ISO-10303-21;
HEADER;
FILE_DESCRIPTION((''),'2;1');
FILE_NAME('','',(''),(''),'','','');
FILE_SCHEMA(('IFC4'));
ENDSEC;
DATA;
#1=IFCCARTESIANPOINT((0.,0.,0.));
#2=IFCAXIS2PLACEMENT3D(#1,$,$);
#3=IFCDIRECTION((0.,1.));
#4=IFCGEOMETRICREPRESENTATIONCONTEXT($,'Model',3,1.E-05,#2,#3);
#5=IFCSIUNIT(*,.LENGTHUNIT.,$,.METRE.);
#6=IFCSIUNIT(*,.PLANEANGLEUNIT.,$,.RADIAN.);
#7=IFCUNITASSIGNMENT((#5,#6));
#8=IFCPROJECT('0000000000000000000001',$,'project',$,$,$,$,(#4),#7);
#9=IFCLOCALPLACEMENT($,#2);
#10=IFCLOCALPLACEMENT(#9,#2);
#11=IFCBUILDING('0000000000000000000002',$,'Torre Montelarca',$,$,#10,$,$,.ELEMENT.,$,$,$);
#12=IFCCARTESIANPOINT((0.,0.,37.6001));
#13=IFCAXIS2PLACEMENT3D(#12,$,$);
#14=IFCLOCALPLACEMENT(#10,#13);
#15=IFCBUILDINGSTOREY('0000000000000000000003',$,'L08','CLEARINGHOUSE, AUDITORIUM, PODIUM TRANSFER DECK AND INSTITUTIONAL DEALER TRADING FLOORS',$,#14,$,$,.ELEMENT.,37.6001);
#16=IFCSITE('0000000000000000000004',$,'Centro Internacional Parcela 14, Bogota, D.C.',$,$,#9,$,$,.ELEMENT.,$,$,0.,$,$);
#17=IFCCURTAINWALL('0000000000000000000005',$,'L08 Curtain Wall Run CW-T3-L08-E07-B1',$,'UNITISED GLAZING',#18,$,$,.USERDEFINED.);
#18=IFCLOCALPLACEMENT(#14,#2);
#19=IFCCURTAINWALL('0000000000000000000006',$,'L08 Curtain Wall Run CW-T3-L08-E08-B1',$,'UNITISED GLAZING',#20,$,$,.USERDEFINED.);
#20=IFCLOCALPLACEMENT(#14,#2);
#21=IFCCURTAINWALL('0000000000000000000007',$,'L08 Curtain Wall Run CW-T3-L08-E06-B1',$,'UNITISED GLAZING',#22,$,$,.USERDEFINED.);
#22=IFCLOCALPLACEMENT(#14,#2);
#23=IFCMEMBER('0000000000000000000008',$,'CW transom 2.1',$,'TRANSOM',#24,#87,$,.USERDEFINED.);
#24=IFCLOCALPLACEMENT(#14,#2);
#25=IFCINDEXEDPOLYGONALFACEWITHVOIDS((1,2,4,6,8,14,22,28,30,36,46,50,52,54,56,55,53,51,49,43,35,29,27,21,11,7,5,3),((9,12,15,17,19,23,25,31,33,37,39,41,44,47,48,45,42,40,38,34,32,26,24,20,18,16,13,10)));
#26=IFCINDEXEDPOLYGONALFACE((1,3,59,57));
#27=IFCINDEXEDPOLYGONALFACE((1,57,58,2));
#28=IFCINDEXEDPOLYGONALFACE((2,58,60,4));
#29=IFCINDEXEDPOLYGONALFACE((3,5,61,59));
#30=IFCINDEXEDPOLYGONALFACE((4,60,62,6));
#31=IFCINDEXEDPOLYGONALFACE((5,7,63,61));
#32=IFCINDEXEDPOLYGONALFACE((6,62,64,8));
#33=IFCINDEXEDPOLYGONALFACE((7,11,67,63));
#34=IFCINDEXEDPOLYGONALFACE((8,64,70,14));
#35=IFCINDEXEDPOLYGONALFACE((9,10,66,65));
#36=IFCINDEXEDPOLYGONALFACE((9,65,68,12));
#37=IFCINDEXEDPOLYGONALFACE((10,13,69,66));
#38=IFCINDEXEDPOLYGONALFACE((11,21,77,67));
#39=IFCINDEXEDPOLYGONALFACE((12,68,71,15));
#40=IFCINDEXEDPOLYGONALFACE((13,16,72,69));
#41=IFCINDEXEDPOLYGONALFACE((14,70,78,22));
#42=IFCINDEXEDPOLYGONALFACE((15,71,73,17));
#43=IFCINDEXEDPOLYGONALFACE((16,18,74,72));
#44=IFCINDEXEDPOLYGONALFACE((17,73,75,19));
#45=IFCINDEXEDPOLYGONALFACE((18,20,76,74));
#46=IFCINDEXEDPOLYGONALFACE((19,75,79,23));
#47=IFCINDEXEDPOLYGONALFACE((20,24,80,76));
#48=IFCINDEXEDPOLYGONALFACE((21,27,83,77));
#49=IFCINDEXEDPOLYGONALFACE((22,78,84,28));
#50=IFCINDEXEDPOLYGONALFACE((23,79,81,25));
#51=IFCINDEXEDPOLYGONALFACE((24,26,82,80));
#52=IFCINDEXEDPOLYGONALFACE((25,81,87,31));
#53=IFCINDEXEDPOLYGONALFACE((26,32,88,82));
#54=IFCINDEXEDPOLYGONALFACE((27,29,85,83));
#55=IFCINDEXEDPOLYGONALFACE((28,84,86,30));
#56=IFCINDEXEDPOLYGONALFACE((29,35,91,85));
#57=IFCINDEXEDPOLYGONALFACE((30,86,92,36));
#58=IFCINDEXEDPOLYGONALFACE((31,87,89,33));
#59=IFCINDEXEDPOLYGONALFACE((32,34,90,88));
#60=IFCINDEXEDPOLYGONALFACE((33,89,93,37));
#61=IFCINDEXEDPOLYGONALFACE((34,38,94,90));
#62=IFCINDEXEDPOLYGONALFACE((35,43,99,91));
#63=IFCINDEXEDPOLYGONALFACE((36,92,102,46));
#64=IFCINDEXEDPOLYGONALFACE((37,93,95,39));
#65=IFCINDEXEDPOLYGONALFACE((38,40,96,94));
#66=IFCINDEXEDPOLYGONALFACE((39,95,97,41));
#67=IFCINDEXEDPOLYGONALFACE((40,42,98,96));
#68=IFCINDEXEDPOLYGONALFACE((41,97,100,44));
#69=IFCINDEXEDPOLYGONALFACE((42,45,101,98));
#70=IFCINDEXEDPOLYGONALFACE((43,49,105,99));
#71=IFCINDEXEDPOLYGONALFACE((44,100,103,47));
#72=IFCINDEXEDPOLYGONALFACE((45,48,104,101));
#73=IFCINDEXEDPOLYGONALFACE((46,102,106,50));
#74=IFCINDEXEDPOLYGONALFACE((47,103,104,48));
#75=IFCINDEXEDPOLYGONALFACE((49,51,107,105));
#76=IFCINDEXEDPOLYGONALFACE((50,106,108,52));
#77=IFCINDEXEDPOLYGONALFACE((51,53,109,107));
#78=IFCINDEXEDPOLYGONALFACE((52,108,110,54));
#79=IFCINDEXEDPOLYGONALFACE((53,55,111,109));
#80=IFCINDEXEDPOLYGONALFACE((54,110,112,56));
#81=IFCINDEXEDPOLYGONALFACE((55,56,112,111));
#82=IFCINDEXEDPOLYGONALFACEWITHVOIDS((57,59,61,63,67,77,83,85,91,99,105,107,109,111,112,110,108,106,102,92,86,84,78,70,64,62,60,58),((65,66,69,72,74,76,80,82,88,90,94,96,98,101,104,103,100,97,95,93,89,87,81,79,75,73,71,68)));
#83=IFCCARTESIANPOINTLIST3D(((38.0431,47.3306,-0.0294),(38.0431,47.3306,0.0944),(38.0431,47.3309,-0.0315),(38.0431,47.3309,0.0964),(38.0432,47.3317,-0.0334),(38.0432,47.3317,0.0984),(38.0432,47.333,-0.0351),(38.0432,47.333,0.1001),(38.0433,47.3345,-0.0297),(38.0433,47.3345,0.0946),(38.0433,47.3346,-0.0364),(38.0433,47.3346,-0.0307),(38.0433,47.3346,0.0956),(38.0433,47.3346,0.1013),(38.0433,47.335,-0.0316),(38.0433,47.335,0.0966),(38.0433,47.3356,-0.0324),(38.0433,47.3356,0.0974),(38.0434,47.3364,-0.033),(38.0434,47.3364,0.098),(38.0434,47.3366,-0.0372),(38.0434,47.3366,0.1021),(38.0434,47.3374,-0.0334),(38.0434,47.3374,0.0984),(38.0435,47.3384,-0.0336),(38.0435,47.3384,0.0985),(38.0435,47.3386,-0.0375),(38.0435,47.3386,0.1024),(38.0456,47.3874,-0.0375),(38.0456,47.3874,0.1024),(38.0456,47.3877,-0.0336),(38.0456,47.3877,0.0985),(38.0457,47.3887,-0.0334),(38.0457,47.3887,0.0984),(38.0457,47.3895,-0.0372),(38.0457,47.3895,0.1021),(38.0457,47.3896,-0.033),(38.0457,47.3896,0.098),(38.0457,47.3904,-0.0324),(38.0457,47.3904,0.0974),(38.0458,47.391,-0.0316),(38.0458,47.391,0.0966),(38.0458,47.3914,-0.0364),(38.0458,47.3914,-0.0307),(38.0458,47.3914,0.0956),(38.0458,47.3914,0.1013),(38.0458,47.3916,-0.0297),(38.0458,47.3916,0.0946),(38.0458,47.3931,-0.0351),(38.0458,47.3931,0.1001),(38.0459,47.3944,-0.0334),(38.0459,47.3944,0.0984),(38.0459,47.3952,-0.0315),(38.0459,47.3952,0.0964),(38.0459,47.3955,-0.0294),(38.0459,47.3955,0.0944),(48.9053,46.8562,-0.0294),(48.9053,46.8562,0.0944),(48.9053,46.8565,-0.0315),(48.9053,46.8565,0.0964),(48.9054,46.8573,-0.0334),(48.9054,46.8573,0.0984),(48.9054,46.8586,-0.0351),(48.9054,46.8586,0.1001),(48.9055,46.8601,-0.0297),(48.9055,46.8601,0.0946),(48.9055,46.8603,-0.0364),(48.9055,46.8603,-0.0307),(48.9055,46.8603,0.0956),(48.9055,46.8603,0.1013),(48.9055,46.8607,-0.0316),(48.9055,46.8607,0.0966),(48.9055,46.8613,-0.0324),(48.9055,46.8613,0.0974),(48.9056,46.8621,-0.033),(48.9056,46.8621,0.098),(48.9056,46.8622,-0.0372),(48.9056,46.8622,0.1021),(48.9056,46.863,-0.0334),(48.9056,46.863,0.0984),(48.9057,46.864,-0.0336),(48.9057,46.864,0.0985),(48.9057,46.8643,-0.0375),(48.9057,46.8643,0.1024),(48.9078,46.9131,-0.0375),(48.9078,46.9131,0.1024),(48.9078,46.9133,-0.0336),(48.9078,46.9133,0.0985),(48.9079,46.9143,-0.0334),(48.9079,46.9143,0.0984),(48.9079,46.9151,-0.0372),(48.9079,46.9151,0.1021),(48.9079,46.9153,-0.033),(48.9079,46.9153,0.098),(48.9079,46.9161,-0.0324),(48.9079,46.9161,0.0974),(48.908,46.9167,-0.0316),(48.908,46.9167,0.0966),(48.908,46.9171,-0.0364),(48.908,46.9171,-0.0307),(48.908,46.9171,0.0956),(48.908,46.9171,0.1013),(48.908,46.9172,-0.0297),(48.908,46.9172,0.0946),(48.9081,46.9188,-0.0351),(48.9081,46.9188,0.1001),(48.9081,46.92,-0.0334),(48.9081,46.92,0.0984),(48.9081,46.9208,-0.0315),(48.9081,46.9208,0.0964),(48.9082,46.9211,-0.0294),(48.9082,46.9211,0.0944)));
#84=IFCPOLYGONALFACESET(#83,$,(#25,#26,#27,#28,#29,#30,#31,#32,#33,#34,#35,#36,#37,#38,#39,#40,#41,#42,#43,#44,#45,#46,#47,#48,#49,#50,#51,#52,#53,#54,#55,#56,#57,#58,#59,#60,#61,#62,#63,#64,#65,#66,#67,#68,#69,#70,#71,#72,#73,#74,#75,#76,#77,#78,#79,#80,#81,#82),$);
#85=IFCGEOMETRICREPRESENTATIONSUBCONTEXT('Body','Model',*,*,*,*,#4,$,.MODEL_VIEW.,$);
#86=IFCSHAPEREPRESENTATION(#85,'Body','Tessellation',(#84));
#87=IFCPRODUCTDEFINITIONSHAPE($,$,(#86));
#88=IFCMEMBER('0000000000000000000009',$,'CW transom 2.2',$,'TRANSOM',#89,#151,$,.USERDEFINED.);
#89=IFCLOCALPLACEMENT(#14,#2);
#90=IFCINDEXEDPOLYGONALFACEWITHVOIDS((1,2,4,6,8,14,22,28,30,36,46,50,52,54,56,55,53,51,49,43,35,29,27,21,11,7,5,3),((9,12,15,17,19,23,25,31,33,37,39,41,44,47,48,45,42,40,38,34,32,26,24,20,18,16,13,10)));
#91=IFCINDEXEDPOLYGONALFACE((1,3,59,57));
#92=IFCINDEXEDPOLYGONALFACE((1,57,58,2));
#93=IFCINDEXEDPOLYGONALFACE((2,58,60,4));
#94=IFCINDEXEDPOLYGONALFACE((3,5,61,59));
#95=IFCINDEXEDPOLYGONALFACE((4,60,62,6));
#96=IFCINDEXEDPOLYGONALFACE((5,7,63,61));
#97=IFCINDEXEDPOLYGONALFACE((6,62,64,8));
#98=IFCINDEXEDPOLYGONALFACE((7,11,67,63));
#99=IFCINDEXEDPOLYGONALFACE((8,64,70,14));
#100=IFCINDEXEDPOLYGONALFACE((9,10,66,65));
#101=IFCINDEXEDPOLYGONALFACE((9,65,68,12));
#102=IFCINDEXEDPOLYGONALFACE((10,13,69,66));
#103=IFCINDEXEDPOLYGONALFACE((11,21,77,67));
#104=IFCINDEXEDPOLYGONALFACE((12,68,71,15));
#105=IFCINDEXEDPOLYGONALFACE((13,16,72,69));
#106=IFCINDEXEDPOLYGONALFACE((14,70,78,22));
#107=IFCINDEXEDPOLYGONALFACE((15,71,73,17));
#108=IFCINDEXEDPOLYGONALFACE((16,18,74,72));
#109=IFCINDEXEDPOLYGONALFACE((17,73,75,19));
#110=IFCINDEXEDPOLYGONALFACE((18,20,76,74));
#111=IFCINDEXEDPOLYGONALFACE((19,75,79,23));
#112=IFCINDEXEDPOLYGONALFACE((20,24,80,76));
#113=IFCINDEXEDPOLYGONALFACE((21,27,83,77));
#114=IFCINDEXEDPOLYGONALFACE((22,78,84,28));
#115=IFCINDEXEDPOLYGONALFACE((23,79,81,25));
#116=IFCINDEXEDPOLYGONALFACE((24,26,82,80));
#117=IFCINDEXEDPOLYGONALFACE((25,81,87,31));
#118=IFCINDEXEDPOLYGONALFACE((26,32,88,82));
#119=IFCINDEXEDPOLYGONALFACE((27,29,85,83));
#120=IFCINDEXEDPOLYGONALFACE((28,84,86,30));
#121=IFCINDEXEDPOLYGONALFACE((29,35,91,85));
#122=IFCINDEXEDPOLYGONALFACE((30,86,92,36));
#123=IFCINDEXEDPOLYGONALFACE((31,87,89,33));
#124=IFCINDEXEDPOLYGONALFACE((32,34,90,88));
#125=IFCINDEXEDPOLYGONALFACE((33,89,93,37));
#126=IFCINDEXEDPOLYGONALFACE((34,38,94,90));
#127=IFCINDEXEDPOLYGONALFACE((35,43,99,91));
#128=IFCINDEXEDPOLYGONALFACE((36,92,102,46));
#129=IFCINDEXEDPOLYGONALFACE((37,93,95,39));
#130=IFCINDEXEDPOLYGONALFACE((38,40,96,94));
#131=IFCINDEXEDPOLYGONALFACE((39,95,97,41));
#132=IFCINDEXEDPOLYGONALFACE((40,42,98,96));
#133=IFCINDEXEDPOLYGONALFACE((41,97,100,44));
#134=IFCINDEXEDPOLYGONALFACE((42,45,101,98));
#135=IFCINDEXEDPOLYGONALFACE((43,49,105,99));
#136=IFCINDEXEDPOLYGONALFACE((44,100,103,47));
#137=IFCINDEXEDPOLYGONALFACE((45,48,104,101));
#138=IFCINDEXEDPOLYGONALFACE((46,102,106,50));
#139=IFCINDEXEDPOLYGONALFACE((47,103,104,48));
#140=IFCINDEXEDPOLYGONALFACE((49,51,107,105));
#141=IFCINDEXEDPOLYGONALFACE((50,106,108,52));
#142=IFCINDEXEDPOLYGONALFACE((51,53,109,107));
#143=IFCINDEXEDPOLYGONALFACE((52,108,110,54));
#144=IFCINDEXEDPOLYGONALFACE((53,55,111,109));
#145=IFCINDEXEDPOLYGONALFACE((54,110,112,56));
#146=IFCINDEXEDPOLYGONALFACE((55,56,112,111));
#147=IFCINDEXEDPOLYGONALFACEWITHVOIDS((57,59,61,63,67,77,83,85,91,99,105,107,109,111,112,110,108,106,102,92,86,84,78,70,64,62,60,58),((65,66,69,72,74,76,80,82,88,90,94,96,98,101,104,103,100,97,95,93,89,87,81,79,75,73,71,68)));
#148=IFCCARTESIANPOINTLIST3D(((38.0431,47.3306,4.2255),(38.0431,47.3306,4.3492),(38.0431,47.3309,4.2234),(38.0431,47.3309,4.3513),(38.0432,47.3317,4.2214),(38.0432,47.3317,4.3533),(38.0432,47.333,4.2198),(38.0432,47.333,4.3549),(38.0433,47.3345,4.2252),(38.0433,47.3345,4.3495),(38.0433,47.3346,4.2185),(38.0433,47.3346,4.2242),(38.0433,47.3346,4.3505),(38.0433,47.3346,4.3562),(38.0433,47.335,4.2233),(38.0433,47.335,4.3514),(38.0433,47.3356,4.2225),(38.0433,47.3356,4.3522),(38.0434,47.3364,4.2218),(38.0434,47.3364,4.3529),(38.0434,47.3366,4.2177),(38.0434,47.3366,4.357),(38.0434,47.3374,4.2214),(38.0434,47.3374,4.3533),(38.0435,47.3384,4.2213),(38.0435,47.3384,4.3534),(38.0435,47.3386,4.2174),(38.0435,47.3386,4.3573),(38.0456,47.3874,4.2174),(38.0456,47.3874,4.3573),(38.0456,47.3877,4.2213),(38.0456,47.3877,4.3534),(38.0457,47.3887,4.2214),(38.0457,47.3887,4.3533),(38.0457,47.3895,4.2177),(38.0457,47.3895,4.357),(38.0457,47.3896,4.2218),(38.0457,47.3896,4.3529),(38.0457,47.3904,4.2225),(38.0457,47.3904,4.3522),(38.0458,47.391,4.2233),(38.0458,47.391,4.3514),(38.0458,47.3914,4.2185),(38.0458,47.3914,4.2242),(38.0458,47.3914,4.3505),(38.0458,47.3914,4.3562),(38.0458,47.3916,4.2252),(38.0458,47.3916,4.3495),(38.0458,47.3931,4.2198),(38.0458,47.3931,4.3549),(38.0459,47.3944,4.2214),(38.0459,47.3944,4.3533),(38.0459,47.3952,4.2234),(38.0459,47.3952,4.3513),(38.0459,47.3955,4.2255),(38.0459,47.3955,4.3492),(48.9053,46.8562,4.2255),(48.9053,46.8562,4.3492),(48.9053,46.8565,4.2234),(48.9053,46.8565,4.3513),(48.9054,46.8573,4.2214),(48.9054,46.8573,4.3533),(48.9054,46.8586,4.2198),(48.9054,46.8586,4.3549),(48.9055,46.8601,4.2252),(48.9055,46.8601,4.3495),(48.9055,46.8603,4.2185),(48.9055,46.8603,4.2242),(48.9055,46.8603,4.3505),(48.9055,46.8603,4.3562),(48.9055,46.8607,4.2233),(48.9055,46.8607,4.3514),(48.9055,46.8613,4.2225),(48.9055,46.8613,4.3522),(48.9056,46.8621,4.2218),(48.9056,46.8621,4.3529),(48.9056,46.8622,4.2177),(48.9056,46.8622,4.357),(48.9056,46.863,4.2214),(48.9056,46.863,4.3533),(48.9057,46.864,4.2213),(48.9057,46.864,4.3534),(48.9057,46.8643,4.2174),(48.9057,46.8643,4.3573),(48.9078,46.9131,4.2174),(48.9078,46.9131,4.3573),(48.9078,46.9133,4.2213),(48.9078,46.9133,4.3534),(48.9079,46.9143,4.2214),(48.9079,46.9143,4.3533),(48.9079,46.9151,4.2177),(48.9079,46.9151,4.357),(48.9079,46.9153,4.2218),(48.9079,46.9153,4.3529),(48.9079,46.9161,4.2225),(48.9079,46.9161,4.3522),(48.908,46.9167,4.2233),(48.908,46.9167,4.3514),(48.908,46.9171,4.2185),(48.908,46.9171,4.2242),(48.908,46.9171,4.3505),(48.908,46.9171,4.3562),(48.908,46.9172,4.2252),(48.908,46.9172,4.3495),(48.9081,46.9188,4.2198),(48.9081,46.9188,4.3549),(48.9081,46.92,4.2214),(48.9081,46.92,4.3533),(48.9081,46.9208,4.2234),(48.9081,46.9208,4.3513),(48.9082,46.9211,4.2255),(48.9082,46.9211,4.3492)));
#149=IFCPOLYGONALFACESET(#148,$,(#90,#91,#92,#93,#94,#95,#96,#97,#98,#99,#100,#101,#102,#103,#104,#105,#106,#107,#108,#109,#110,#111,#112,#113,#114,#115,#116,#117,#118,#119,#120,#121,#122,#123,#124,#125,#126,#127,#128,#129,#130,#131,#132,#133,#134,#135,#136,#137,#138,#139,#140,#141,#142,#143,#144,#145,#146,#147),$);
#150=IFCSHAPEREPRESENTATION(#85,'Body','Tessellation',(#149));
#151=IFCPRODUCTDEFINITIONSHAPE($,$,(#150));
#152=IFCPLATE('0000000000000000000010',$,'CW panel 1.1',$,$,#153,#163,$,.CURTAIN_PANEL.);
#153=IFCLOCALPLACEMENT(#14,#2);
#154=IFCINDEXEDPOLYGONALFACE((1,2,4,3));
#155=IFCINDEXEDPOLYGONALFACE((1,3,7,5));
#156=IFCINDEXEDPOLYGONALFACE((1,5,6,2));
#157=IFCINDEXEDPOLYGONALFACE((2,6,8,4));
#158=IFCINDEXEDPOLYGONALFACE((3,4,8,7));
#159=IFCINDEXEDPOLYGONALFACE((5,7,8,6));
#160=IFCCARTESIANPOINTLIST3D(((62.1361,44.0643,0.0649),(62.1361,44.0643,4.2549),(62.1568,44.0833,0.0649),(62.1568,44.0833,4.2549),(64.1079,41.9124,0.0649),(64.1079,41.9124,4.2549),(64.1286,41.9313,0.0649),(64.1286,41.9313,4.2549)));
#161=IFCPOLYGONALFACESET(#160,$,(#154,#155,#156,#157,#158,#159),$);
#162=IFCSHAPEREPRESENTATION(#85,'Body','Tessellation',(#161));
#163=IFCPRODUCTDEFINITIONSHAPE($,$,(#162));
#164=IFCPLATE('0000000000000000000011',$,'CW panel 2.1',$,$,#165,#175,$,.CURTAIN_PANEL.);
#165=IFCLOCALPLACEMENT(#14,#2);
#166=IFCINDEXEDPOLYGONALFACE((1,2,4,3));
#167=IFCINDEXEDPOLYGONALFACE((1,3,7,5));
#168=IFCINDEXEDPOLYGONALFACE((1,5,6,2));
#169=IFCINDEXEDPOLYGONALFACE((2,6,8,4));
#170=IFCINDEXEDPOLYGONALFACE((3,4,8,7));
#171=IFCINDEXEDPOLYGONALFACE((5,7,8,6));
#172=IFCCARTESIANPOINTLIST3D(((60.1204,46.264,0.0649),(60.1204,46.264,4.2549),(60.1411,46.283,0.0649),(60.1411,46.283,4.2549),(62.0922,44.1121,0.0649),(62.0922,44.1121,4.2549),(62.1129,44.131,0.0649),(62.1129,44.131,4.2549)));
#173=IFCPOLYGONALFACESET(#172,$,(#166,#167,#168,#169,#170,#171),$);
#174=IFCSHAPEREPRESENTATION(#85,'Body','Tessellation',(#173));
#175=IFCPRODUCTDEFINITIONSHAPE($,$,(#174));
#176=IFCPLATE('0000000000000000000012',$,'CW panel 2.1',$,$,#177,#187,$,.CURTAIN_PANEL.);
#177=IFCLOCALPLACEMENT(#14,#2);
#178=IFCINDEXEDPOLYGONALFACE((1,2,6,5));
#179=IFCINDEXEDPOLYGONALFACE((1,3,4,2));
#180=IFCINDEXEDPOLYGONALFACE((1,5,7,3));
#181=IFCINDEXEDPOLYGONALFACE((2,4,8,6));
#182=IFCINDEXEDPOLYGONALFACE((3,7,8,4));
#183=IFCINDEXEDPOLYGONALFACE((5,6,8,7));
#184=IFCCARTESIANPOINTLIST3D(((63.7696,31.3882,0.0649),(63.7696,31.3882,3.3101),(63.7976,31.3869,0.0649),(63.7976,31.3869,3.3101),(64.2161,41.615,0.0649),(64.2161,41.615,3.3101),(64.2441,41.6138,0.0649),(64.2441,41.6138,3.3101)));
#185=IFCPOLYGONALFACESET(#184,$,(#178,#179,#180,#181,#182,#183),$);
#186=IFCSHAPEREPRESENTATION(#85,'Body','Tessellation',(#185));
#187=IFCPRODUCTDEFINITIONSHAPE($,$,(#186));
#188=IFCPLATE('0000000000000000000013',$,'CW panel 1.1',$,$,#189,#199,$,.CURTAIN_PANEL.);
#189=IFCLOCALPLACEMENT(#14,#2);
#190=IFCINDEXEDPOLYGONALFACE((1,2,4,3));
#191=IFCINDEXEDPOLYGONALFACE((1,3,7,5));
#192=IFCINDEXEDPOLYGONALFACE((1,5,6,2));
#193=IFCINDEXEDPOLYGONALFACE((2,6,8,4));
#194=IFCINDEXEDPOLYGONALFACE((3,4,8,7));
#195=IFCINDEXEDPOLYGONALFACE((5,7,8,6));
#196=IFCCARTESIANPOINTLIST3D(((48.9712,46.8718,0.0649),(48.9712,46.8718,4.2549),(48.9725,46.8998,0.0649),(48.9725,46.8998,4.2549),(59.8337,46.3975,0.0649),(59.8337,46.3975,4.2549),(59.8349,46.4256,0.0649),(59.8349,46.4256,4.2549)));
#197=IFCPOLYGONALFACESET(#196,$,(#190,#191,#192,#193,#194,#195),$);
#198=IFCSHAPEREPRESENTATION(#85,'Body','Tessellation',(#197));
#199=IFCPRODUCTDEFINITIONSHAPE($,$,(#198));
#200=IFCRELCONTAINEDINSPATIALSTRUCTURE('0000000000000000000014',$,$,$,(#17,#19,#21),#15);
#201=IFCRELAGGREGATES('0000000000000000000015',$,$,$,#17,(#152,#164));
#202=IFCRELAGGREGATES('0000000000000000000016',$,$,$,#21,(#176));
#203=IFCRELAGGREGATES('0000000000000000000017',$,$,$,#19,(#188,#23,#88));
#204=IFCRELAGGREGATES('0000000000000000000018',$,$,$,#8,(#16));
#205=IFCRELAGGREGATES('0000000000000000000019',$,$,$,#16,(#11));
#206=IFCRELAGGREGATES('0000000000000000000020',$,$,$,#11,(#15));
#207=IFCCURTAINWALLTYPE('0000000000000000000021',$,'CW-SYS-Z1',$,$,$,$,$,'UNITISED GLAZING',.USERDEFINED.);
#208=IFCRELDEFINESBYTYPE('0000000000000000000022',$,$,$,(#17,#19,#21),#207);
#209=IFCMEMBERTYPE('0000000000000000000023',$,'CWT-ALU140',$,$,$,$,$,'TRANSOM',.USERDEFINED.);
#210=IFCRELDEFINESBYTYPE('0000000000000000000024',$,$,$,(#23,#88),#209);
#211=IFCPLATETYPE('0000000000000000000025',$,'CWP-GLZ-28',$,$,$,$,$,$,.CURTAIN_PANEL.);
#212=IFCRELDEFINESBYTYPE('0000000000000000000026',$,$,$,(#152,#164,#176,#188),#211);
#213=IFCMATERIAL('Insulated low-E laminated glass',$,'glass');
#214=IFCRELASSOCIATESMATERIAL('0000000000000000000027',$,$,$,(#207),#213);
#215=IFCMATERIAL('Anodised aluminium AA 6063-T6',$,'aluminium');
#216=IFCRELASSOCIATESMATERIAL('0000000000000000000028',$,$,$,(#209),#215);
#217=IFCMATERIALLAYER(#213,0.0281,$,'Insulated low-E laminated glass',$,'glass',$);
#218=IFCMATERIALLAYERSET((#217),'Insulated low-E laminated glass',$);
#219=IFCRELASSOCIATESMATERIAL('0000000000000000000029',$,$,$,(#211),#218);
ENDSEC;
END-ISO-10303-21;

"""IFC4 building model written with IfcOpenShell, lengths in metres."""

from ifc_helpers import new_model, si_unit, direction, frame, origin, origin_2d, place, context, subcontext, project, spatial, rectangle, hollow_rectangle, extrude, source, transform, mapped, material, layer, layer_set, material_profile, profile_set, type_object, element, aggregate, save


model = new_model("IFC4")

# Units and contexts
model_context = context("Model", 3, precision=1e-05, world=origin(), true_north=direction((0.0, 1.0)))
body_context = subcontext(model_context, "Body", "Model", "MODEL_VIEW")
ifc_project = project(units=[si_unit("LENGTHUNIT", "METRE"), si_unit("PLANEANGLEUNIT", "RADIAN")], contexts=[model_context])

# Site, building, storey
site_placement = place(None, origin())
site = spatial("IfcSite", under=ifc_project, at=site_placement, Name="Centro Internacional Parcela 14, Bogota, D.C.", CompositionType="ELEMENT", RefElevation=0.0)
building_placement = place(site_placement, origin())
building = spatial("IfcBuilding", under=site, at=building_placement, Name="Torre Montelarca", CompositionType="ELEMENT")
storey_placement = place(building_placement, frame((0.0, 0.0, 37.6001)))
storey = spatial("IfcBuildingStorey", under=building, at=storey_placement, Name="L08", Description="CLEARINGHOUSE, AUDITORIUM, PODIUM TRANSFER DECK AND INSTITUTIONAL DEALER TRADING FLOORS", CompositionType="ELEMENT", Elevation=37.6001)

# Curtain walls
ifc_material_1 = material(Name="Insulated low-E laminated glass", Category="glass")
curtain_wall_type = type_object("IfcCurtainWallType", Name="CW-SYS-Z1", ElementType="UNITISED GLAZING", PredefinedType="USERDEFINED", material=ifc_material_1)
curtain_wall_1_placement = place(storey_placement, origin())
curtain_wall_1 = element("IfcCurtainWall", 1, at=curtain_wall_1_placement, inside=storey, type_object=curtain_wall_type, Name="L08 Curtain Wall Run CW-T3-L08-E07-B1", ObjectType="UNITISED GLAZING", PredefinedType="USERDEFINED")
ifc_material_2 = material(Name="Anodised aluminium AA 6063-T6", Category="aluminium")
ifc_material_profile_1 = material_profile(ifc_material_2, hollow_rectangle(XDim=0.0649, YDim=0.1399, WallThickness=0.0039, InnerFilletRadius=0.0039, OuterFilletRadius=0.0081, at=origin_2d()), Name="ALU65X140X4", Category="aluminium")
ifc_profile_set_1 = profile_set([ifc_material_profile_1], Name="Anodised aluminium AA 6063-T6")
member_type_1 = type_object("IfcMemberType", Name="CWT-ALU140", ElementType="TRANSOM", PredefinedType="USERDEFINED", material=ifc_profile_set_1)
curtain_wall_2_placement = place(storey_placement, origin())
curtain_wall_2 = element("IfcCurtainWall", 2, at=curtain_wall_2_placement, inside=storey, type_object=curtain_wall_type, Name="L08 Curtain Wall Run CW-T3-L08-E08-B1", ObjectType="UNITISED GLAZING", PredefinedType="USERDEFINED")
curtain_wall_3_placement = place(storey_placement, origin())
curtain_wall_3 = element("IfcCurtainWall", 3, at=curtain_wall_3_placement, inside=storey, type_object=curtain_wall_type, Name="L08 Curtain Wall Run CW-T3-L08-E06-B1", ObjectType="UNITISED GLAZING", PredefinedType="USERDEFINED")

# Members
shared_shape_1 = source(origin(), body_context, "Body", "SweptSolid", [
    extrude(hollow_rectangle(XDim=0.0649, YDim=0.1399, WallThickness=0.0039, InnerFilletRadius=0.0039, OuterFilletRadius=0.0081, at=origin_2d()), origin(), (0.0, 0.0, 1.0), 10.8726),
])
member_1_placement = place(storey_placement, frame((48.9067, 46.8887, 0.0325), z_axis=(-0.999048, 0.043629, 0.0), x_axis=(-0.043629, -0.999048, 0.0)))
member_1 = element("IfcMember", 4, at=member_1_placement, type_object=member_type_1, Name="CW transom 2.1", ObjectType="TRANSOM", PredefinedType="USERDEFINED", context=body_context, shape_type="MappedRepresentation", body=[
    mapped(shared_shape_1, transform((0.0, 0.0, 0.0), scale=1.0)),
])
member_2_placement = place(storey_placement, frame((48.9067, 46.8887, 4.2874), z_axis=(-0.999048, 0.043629, 0.0), x_axis=(-0.043629, -0.999048, 0.0)))
member_2 = element("IfcMember", 5, at=member_2_placement, type_object=member_type_1, Name="CW transom 2.2", ObjectType="TRANSOM", PredefinedType="USERDEFINED", context=body_context, shape_type="MappedRepresentation", body=[
    mapped(shared_shape_1, transform((0.0, 0.0, 0.0), scale=1.0)),
])

# Plates
ifc_layer_1 = layer(ifc_material_1, 0.0281, Name="Insulated low-E laminated glass", Category="glass")
ifc_layer_set_1 = layer_set([ifc_layer_1], Name="Insulated low-E laminated glass")
plate_type = type_object("IfcPlateType", Name="CWP-GLZ-28", PredefinedType="CURTAIN_PANEL", material=ifc_layer_set_1)
shared_shape_2 = source(origin(), body_context, "Body", "SweptSolid", [
    extrude(rectangle(XDim=2.9187, YDim=0.0281, at=origin_2d()), origin(), (0.0, 0.0, 1.0), 4.1899),
])
plate_1_placement = place(storey_placement, frame((63.1323, 42.9978, 0.0649), z_axis=(0.0, 0.0, 1.0), x_axis=(-0.675574, 0.737292, 0.0)))
plate_1 = element("IfcPlate", 6, at=plate_1_placement, type_object=plate_type, Name="CW panel 1.1", PredefinedType="CURTAIN_PANEL", context=body_context, shape_type="MappedRepresentation", body=[
    mapped(shared_shape_2, transform((0.0, 0.0, 0.0), scale=1.0)),
])
plate_2_placement = place(storey_placement, frame((61.1167, 45.1975, 0.0649), z_axis=(0.0, 0.0, 1.0), x_axis=(-0.675574, 0.737292, 0.0)))
plate_2 = element("IfcPlate", 7, at=plate_2_placement, type_object=plate_type, Name="CW panel 2.1", PredefinedType="CURTAIN_PANEL", context=body_context, shape_type="MappedRepresentation", body=[
    mapped(shared_shape_2, transform((0.0, 0.0, 0.0), scale=1.0)),
])
aggregate(curtain_wall_1, [plate_1, plate_2])
shared_shape_3 = source(origin(), body_context, "Body", "SweptSolid", [
    extrude(rectangle(XDim=10.2366, YDim=0.0281, at=origin_2d()), origin(), (0.0, 0.0, 1.0), 3.2451),
])
plate_3_placement = place(storey_placement, frame((64.0068, 36.501, 0.0649), z_axis=(0.0, 0.0, 1.0), x_axis=(0.043618, 0.999048, 0.0)))
plate_3 = element("IfcPlate", 8, at=plate_3_placement, type_object=plate_type, Name="CW panel 2.1", PredefinedType="CURTAIN_PANEL", context=body_context, shape_type="MappedRepresentation", body=[
    mapped(shared_shape_3, transform((0.0, 0.0, 0.0), scale=1.0)),
])
aggregate(curtain_wall_3, [plate_3])
shared_shape_4 = source(origin(), body_context, "Body", "SweptSolid", [
    extrude(rectangle(XDim=10.8728, YDim=0.0281, at=origin_2d()), origin(), (0.0, 0.0, 1.0), 4.1899),
])
plate_4_placement = place(storey_placement, frame((54.4031, 46.6487, 0.0649), z_axis=(0.0, 0.0, 1.0), x_axis=(-0.999048, 0.043618, 0.0)))
plate_4 = element("IfcPlate", 9, at=plate_4_placement, type_object=plate_type, Name="CW panel 1.1", PredefinedType="CURTAIN_PANEL", context=body_context, shape_type="MappedRepresentation", body=[
    mapped(shared_shape_4, transform((0.0, 0.0, 0.0), scale=1.0)),
])
aggregate(curtain_wall_2, [plate_4, member_1, member_2])

save(model, "model.ifc")
